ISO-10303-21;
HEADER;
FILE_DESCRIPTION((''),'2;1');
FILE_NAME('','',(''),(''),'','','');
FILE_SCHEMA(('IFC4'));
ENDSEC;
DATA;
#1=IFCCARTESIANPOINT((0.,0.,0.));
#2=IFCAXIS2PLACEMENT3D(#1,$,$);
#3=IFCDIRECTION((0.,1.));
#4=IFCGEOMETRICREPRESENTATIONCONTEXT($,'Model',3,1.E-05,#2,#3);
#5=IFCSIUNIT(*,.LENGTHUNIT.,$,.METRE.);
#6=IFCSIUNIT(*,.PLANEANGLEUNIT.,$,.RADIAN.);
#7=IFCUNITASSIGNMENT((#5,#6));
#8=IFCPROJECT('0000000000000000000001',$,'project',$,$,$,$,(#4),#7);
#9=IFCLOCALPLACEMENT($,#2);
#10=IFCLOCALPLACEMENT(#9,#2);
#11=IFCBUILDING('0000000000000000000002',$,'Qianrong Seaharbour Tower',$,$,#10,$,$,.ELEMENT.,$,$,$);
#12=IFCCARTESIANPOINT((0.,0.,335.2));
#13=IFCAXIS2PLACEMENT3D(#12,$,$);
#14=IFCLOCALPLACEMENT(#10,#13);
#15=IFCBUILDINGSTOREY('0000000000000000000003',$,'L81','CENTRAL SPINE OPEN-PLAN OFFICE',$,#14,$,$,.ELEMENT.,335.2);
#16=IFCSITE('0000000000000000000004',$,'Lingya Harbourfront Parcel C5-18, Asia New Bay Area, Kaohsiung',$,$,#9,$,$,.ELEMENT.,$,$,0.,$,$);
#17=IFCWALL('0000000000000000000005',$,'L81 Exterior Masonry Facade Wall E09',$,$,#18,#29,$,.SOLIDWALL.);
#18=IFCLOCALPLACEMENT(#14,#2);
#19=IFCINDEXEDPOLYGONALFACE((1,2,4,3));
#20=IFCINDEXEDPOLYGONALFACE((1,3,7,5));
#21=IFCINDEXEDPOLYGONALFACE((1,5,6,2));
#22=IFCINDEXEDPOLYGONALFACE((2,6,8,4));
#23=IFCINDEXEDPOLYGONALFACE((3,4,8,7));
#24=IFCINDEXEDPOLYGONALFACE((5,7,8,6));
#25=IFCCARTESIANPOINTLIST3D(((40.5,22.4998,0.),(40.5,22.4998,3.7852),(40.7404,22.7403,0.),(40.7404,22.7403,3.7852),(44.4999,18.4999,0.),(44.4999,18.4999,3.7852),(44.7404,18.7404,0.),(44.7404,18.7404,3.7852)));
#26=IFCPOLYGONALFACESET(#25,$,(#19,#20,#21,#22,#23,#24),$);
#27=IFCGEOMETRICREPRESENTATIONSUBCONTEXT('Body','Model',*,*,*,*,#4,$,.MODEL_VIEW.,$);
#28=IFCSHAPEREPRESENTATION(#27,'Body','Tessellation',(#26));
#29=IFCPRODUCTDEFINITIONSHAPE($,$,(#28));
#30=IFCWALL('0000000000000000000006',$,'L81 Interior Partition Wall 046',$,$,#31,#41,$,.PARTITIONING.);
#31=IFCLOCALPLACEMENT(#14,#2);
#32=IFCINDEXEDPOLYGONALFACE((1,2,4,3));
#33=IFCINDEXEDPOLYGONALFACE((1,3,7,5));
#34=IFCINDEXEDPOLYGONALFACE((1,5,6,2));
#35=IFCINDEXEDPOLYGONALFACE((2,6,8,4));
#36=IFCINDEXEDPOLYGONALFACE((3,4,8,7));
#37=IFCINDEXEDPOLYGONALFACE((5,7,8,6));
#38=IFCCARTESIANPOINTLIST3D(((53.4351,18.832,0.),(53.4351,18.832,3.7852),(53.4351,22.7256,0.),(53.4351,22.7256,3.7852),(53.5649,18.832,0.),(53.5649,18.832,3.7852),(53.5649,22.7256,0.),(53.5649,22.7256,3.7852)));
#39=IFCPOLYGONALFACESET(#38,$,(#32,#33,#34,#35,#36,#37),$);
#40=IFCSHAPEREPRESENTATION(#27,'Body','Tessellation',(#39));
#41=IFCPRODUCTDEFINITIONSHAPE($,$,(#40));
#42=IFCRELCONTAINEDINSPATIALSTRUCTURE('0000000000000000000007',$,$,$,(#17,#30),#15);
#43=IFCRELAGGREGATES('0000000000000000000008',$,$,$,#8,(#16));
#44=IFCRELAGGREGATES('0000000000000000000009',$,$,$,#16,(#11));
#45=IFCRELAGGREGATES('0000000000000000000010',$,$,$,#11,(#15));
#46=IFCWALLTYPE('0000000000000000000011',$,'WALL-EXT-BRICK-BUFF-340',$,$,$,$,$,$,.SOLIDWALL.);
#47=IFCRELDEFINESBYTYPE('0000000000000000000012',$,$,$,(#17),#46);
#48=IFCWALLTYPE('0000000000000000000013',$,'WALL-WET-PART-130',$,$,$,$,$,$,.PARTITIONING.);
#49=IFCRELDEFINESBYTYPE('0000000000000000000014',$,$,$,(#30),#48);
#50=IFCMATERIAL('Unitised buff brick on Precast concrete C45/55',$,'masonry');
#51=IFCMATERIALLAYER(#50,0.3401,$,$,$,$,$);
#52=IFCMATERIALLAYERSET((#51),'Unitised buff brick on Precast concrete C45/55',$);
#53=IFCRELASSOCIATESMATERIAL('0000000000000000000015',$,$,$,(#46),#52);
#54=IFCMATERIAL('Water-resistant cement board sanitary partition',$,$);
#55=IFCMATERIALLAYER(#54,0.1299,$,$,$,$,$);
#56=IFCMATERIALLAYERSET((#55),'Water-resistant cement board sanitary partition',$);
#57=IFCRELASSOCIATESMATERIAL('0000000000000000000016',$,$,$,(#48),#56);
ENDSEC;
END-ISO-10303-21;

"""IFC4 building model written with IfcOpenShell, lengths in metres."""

from ifc_helpers import new_model, si_unit, direction, frame, frame_2d, origin, place, context, subcontext, project, spatial, rectangle, extrude, material, layer, layer_set, type_object, element, save


model = new_model("IFC4")

# Units and contexts
model_context = context("Model", 3, precision=1e-05, world=origin(), true_north=direction((0.0, 1.0)))
body_context = subcontext(model_context, "Body", "Model", "MODEL_VIEW")
ifc_project = project(units=[si_unit("LENGTHUNIT", "METRE"), si_unit("PLANEANGLEUNIT", "RADIAN")], contexts=[model_context])

# Site, building, storey
site_placement = place(None, origin())
site = spatial("IfcSite", under=ifc_project, at=site_placement, Name="Lingya Harbourfront Parcel C5-18, Asia New Bay Area, Kaohsiung", CompositionType="ELEMENT", RefElevation=0.0)
building_placement = place(site_placement, origin())
building = spatial("IfcBuilding", under=site, at=building_placement, Name="Qianrong Seaharbour Tower", CompositionType="ELEMENT")
storey_placement = place(building_placement, frame((0.0, 0.0, 335.2)))
storey = spatial("IfcBuildingStorey", under=building, at=storey_placement, Name="L81", Description="CENTRAL SPINE OPEN-PLAN OFFICE", CompositionType="ELEMENT", Elevation=335.2)

# Walls
ifc_material_1 = material(Name="Unitised buff brick on Precast concrete C45/55", Category="masonry")
ifc_layer_1 = layer(ifc_material_1, 0.3401)
ifc_layer_set_1 = layer_set([ifc_layer_1], Name="Unitised buff brick on Precast concrete C45/55")
wall_type_1 = type_object("IfcWallType", Name="WALL-EXT-BRICK-BUFF-340", PredefinedType="SOLIDWALL", material=ifc_layer_set_1)
wall_1_placement = place(storey_placement, frame((44.6201, 18.6201, 0.0), z_axis=(0.0, 0.0, 1.0), x_axis=(-0.707107, 0.707107, 0.0)))
element("IfcWall", 1, at=wall_1_placement, inside=storey, type_object=wall_type_1, Name="L81 Exterior Masonry Facade Wall E09", PredefinedType="SOLIDWALL", context=body_context, shape_type="SweptSolid", body=[
    extrude(rectangle(XDim=5.6567, YDim=0.3401, at=frame_2d((2.8284, 0.0))), origin(), (0.0, 0.0, 1.0), 3.7852),
])
ifc_material_2 = material(Name="Water-resistant cement board sanitary partition")
ifc_layer_2 = layer(ifc_material_2, 0.1299)
ifc_layer_set_2 = layer_set([ifc_layer_2], Name="Water-resistant cement board sanitary partition")
wall_type_2 = type_object("IfcWallType", Name="WALL-WET-PART-130", PredefinedType="PARTITIONING", material=ifc_layer_set_2)
wall_2_placement = place(storey_placement, frame((53.5, 22.7256, 0.0), z_axis=(0.0, 0.0, 1.0), x_axis=(0.0, -1.0, 0.0)))
element("IfcWall", 2, at=wall_2_placement, inside=storey, type_object=wall_type_2, Name="L81 Interior Partition Wall 046", PredefinedType="PARTITIONING", context=body_context, shape_type="SweptSolid", body=[
    extrude(rectangle(XDim=3.8936, YDim=0.1299, at=frame_2d((1.9468, 0.0))), origin(), (0.0, 0.0, 1.0), 3.7852),
])

save(model, "model.ifc")
